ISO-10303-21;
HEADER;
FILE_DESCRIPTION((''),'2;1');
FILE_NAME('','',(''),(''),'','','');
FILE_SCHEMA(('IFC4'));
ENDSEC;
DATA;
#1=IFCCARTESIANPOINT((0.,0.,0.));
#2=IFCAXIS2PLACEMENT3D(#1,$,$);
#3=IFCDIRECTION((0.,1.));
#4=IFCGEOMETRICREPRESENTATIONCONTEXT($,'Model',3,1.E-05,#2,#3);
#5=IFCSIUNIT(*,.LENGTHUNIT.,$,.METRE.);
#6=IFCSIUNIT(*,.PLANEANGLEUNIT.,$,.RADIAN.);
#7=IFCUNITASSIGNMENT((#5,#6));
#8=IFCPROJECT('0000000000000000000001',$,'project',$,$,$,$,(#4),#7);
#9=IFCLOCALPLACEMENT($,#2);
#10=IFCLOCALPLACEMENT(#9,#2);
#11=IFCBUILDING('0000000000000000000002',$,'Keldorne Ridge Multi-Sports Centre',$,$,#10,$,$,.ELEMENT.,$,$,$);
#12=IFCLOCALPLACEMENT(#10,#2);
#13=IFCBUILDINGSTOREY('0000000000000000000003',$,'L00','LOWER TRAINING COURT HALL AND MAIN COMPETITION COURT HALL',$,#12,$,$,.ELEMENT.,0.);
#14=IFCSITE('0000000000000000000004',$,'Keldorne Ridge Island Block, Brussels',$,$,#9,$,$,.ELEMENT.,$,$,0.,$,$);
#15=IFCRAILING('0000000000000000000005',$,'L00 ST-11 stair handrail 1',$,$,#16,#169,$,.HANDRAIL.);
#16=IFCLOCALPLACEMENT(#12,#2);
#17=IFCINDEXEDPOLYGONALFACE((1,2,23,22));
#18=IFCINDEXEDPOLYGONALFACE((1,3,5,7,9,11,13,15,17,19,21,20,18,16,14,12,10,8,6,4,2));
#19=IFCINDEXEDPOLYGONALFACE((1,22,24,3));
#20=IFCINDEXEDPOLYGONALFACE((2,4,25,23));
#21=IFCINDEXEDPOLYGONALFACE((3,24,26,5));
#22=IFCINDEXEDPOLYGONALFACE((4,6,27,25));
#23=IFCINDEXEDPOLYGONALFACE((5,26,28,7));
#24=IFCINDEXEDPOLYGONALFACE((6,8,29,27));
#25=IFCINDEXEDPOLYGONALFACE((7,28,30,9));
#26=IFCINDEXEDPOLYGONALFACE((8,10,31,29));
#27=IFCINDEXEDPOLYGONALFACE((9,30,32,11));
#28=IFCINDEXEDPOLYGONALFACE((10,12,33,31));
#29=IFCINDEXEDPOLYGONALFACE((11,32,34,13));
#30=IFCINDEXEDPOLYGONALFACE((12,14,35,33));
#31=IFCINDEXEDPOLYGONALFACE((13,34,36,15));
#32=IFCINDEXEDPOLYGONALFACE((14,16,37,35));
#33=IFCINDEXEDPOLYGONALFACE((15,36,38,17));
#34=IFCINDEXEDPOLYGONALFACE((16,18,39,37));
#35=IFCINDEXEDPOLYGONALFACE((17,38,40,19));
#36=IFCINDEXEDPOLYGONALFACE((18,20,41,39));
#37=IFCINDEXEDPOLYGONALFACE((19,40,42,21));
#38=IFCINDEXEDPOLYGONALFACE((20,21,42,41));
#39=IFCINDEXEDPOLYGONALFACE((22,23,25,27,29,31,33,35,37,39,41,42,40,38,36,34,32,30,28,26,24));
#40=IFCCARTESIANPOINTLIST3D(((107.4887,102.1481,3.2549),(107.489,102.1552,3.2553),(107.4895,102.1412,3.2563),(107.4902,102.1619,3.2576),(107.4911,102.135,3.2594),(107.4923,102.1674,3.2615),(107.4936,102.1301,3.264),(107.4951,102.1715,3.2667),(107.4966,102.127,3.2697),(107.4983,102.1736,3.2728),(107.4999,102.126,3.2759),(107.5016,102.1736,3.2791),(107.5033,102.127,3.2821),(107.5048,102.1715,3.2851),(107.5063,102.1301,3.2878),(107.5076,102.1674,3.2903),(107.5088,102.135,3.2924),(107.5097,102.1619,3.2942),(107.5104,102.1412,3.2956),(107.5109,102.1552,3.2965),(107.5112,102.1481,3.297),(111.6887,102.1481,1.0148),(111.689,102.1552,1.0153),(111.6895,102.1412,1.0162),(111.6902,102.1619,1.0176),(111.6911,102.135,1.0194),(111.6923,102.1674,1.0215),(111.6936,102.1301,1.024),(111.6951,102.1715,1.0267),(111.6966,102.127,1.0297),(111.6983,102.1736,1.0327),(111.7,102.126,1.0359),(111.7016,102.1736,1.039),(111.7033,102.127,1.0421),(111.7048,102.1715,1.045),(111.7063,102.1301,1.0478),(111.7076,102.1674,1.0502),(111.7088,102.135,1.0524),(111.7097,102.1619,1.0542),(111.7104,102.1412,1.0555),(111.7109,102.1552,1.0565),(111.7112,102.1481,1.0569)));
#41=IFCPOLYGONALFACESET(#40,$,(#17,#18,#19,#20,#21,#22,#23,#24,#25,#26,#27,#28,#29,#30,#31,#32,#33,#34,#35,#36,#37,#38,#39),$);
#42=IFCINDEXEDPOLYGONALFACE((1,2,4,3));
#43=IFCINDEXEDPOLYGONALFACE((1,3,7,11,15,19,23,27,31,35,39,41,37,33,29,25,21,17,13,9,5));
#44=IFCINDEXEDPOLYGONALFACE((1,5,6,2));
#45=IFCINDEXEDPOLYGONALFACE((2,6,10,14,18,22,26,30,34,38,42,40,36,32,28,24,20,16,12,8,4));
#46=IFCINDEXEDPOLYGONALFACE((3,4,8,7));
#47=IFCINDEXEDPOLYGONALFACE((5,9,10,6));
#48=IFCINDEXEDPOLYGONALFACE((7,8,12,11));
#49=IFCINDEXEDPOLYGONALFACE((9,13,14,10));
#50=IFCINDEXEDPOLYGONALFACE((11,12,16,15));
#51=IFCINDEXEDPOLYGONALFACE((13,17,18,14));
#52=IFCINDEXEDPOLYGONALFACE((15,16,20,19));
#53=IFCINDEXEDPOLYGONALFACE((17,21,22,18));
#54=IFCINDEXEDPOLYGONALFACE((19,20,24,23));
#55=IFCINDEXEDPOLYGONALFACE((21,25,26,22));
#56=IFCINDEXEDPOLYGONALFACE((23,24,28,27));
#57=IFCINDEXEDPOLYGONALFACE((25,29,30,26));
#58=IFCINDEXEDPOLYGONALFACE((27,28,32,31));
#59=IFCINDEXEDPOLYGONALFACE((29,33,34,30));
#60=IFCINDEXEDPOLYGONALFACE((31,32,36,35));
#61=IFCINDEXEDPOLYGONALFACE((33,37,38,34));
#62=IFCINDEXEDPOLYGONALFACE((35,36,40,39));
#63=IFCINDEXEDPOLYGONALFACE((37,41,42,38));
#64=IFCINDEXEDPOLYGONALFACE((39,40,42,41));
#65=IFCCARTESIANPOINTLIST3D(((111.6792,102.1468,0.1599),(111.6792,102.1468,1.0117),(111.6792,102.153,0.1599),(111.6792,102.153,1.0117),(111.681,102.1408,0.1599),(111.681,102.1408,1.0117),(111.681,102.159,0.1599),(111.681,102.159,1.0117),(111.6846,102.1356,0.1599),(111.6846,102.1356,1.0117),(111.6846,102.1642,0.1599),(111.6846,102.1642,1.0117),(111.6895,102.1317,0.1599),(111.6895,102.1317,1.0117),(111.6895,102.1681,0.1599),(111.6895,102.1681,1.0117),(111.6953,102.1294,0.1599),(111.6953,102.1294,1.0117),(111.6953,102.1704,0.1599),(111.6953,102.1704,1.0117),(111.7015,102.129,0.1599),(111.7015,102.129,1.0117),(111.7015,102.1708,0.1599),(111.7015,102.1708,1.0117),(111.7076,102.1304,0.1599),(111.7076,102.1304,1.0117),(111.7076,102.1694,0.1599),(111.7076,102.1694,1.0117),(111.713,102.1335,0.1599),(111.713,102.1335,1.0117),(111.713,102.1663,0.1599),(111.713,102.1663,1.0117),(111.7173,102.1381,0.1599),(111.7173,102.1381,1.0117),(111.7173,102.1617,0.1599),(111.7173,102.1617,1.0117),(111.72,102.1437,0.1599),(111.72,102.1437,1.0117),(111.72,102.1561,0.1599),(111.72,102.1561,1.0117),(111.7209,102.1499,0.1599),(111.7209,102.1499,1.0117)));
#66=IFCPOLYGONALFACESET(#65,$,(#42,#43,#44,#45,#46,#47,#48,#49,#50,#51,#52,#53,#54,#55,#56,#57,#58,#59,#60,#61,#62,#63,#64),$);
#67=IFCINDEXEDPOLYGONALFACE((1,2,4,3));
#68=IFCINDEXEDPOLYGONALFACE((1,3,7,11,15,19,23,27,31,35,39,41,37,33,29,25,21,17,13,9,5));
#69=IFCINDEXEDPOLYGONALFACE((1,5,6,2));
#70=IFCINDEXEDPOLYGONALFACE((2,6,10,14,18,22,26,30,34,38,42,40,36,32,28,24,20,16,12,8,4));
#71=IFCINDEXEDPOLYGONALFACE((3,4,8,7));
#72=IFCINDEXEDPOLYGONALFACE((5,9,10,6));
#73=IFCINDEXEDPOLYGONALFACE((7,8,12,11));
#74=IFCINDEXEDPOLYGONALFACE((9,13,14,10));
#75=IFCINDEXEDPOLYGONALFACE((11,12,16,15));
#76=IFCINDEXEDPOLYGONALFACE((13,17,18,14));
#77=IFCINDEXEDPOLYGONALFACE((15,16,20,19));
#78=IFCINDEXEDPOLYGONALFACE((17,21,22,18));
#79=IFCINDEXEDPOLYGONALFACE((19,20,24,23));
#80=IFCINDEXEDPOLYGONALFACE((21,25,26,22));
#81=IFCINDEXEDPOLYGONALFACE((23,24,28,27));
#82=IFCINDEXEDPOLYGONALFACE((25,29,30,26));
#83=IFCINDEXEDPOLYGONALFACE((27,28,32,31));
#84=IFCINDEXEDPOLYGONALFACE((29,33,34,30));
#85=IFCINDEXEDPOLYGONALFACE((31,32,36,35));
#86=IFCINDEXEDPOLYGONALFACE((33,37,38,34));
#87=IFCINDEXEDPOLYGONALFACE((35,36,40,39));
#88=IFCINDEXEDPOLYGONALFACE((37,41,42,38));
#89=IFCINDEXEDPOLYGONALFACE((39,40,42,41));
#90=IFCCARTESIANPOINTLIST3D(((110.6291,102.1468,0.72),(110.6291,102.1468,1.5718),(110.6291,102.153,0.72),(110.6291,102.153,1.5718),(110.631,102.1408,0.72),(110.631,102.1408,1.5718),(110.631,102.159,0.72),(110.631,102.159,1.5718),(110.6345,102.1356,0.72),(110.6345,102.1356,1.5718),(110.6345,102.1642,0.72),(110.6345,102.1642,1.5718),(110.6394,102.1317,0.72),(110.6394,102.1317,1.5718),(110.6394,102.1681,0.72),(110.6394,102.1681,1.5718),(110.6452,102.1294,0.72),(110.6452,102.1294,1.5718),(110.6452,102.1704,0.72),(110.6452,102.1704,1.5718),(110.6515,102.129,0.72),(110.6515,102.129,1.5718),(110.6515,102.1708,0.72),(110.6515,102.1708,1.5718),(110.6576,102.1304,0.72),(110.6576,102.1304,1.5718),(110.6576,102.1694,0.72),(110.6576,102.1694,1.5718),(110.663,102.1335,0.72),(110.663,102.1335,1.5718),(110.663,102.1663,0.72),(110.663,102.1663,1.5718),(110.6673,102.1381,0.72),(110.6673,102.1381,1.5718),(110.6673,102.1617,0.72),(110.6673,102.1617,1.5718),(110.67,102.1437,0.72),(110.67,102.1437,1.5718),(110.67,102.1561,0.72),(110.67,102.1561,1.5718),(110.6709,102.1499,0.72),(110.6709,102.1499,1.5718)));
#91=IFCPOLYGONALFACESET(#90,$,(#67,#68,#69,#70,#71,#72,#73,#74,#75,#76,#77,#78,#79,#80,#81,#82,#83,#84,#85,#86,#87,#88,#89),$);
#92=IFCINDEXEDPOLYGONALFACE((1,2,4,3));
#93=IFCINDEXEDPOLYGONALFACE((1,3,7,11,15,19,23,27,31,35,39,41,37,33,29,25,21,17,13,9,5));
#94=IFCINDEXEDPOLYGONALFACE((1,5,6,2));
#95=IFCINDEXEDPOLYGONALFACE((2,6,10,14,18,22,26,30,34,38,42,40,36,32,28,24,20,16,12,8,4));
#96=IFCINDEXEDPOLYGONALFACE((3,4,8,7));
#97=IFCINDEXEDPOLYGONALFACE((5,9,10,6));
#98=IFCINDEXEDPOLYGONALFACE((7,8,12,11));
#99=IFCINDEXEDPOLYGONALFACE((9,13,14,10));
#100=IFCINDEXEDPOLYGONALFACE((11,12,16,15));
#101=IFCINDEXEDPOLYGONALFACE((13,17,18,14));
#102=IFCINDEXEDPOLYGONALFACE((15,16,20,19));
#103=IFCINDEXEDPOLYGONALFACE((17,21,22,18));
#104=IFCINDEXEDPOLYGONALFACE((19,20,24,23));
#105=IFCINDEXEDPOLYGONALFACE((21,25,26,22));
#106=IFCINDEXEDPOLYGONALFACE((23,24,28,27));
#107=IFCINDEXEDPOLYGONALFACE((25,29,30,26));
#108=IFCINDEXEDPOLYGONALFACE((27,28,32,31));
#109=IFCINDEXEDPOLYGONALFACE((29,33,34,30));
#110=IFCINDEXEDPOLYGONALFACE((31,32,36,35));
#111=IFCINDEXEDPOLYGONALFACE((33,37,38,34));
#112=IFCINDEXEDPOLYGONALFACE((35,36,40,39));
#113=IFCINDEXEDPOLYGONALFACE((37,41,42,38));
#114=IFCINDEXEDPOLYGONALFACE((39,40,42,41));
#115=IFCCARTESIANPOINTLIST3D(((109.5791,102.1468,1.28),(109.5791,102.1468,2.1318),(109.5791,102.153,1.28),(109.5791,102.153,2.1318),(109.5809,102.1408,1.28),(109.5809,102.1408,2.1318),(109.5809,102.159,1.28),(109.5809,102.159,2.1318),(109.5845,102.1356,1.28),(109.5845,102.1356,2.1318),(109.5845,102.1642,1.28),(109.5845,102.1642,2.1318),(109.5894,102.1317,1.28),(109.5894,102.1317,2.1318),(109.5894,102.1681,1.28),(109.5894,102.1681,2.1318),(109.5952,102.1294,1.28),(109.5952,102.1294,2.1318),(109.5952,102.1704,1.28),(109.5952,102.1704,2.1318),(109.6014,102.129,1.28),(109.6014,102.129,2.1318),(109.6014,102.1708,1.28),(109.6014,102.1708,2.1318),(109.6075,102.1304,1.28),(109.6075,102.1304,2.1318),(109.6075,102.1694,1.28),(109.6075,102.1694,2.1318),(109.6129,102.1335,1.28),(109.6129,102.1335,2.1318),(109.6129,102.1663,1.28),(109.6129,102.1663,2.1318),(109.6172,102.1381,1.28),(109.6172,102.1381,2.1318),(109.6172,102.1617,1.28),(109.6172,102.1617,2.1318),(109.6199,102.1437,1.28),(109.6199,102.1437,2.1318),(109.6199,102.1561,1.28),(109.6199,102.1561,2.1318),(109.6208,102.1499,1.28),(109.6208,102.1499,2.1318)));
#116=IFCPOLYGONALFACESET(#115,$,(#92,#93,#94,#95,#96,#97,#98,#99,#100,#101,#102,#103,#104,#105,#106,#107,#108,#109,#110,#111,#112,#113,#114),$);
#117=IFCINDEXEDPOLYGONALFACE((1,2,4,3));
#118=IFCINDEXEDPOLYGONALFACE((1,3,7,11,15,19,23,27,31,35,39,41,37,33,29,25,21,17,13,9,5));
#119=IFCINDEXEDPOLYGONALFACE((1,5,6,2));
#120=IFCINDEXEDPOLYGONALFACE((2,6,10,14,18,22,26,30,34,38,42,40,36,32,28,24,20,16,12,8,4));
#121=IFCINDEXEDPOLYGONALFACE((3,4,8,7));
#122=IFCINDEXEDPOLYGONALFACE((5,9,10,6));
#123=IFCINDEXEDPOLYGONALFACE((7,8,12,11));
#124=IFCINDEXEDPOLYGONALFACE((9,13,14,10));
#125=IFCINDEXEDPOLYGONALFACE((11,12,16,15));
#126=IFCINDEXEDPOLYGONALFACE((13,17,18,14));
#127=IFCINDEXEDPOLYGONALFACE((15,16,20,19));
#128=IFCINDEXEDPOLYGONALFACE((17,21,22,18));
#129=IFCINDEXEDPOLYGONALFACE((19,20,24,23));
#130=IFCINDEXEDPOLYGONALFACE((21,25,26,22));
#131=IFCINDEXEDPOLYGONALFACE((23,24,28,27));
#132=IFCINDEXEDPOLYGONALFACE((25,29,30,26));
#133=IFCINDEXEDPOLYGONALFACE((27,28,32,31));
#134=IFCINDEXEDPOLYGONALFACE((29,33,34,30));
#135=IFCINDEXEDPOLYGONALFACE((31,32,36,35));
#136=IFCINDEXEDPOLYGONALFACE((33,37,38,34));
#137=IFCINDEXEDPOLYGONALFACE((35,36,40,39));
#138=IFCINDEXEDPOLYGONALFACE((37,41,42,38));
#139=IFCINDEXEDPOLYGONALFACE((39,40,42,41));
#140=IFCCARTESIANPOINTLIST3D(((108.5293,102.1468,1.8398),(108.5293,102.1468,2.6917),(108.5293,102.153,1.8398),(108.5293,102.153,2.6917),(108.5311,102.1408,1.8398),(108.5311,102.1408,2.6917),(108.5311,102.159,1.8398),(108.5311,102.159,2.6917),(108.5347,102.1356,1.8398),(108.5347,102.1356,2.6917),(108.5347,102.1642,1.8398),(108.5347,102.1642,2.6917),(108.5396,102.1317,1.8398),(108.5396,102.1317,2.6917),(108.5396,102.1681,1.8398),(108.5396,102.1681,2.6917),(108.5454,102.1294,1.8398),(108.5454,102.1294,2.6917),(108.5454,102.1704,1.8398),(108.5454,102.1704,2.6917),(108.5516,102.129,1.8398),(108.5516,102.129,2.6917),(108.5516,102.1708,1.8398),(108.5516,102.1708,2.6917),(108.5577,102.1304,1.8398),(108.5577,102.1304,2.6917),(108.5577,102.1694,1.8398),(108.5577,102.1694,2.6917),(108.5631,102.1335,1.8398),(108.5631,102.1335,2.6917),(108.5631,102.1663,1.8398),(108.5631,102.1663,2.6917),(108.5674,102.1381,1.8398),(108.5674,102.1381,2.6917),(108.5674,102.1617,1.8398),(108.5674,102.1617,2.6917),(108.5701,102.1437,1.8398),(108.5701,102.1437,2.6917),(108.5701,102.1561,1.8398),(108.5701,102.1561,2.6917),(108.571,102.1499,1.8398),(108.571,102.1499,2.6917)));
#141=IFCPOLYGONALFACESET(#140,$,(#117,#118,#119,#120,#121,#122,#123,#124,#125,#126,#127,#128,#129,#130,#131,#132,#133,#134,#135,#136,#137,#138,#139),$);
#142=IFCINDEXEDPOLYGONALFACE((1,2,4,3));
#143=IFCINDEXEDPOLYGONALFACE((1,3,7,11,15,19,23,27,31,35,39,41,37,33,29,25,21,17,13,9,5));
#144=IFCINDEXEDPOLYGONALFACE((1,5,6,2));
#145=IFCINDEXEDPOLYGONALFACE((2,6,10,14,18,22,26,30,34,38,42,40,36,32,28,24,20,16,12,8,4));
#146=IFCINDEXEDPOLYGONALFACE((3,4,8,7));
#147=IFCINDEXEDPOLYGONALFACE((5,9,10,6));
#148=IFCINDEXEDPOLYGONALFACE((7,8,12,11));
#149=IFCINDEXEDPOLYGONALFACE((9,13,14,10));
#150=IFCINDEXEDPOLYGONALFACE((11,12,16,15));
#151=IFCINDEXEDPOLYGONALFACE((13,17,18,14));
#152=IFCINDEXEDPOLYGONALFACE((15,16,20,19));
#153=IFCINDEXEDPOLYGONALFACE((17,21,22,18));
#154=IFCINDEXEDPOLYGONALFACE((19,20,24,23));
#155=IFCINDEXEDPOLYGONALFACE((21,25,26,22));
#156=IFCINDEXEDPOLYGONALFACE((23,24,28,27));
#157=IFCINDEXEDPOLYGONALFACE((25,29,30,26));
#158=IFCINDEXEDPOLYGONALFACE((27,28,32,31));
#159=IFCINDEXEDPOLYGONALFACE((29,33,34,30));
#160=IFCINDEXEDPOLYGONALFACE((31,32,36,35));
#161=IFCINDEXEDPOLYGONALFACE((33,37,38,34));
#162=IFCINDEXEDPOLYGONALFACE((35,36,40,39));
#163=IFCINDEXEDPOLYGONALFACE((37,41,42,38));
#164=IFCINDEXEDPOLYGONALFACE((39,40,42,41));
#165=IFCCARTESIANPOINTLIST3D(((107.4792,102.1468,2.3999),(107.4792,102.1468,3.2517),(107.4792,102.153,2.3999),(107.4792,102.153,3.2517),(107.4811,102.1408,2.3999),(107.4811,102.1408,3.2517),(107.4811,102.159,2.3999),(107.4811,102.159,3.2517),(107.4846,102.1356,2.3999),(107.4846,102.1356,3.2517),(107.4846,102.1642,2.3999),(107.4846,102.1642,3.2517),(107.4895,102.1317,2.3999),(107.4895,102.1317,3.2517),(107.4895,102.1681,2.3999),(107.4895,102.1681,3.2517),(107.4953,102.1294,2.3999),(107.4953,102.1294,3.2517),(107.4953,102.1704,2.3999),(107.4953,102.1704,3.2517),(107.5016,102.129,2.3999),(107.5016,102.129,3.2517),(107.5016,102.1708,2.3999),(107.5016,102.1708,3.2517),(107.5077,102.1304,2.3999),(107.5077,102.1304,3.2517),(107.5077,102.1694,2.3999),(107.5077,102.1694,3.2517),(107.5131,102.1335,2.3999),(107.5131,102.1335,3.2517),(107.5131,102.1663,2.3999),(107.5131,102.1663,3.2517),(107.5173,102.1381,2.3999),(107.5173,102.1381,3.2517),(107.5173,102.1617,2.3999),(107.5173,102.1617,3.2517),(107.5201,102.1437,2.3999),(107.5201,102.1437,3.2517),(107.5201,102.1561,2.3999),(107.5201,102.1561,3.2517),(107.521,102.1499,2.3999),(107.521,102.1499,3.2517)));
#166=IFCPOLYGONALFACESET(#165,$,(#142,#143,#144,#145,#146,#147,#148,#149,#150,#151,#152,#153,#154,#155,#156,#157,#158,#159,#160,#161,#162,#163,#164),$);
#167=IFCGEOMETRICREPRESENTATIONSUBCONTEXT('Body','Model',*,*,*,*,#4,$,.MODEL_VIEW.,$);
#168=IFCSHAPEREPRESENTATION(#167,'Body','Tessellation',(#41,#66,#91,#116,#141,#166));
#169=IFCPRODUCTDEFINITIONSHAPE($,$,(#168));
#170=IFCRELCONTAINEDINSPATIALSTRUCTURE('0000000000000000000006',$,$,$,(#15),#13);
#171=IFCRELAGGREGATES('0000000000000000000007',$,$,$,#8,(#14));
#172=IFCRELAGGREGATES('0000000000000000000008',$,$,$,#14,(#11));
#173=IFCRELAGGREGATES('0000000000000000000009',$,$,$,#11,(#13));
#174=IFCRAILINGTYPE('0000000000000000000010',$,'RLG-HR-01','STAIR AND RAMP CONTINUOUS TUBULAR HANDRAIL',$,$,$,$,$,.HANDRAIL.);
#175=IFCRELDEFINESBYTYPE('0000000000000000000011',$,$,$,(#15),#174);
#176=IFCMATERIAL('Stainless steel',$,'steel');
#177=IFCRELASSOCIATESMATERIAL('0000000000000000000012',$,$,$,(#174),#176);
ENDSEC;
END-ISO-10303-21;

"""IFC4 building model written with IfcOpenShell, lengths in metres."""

from ifc_helpers import new_model, si_unit, direction, frame, origin, origin_2d, place, context, subcontext, project, spatial, circle, extrude, material, type_object, element, save


model = new_model("IFC4")

# Units and contexts
model_context = context("Model", 3, precision=1e-05, world=origin(), true_north=direction((0.0, 1.0)))
body_context = subcontext(model_context, "Body", "Model", "MODEL_VIEW")
ifc_project = project(units=[si_unit("LENGTHUNIT", "METRE"), si_unit("PLANEANGLEUNIT", "RADIAN")], contexts=[model_context])

# Site, building, storey
site_placement = place(None, origin())
site = spatial("IfcSite", under=ifc_project, at=site_placement, Name="Keldorne Ridge Island Block, Brussels", CompositionType="ELEMENT", RefElevation=0.0)
building_placement = place(site_placement, origin())
building = spatial("IfcBuilding", under=site, at=building_placement, Name="Keldorne Ridge Multi-Sports Centre", CompositionType="ELEMENT")
storey_placement = place(building_placement, origin())
storey = spatial("IfcBuildingStorey", under=building, at=storey_placement, Name="L00", Description="LOWER TRAINING COURT HALL AND MAIN COMPETITION COURT HALL", CompositionType="ELEMENT", Elevation=0.0)

# Railing
ifc_material_1 = material(Name="Stainless steel", Category="steel")
railing_type_1 = type_object("IfcRailingType", Name="RLG-HR-01", Description="STAIR AND RAMP CONTINUOUS TUBULAR HANDRAIL", PredefinedType="HANDRAIL", material=ifc_material_1)
railing_1_placement = place(storey_placement, frame((111.7, 102.1499, 0.1599)))
element("IfcRailing", 1, at=railing_1_placement, inside=storey, type_object=railing_type_1, Name="L00 ST-11 stair handrail 1", PredefinedType="HANDRAIL", context=body_context, shape_type="SweptSolid", body=[
    extrude(circle(Radius=0.0239, at=origin_2d()), frame((0.0, 0.0, 0.876), z_axis=(-0.882352, 0.0, 0.470591), x_axis=(0.0, -1.0, 0.0)), (0.0, 0.0, 1.0), 4.76),
    extrude(circle(Radius=0.021, at=origin_2d()), origin(), (0.0, 0.0, 1.0), 0.8518),
    extrude(circle(Radius=0.021, at=origin_2d()), frame((-1.05, 0.0, 0.5601)), (0.0, 0.0, 1.0), 0.8518),
    extrude(circle(Radius=0.021, at=origin_2d()), frame((-2.1001, 0.0, 1.1201)), (0.0, 0.0, 1.0), 0.8518),
    extrude(circle(Radius=0.021, at=origin_2d()), frame((-3.1499, 0.0, 1.6799)), (0.0, 0.0, 1.0), 0.8518),
    extrude(circle(Radius=0.021, at=origin_2d()), frame((-4.2, 0.0, 2.24)), (0.0, 0.0, 1.0), 0.8518),
])

save(model, "model.ifc")
